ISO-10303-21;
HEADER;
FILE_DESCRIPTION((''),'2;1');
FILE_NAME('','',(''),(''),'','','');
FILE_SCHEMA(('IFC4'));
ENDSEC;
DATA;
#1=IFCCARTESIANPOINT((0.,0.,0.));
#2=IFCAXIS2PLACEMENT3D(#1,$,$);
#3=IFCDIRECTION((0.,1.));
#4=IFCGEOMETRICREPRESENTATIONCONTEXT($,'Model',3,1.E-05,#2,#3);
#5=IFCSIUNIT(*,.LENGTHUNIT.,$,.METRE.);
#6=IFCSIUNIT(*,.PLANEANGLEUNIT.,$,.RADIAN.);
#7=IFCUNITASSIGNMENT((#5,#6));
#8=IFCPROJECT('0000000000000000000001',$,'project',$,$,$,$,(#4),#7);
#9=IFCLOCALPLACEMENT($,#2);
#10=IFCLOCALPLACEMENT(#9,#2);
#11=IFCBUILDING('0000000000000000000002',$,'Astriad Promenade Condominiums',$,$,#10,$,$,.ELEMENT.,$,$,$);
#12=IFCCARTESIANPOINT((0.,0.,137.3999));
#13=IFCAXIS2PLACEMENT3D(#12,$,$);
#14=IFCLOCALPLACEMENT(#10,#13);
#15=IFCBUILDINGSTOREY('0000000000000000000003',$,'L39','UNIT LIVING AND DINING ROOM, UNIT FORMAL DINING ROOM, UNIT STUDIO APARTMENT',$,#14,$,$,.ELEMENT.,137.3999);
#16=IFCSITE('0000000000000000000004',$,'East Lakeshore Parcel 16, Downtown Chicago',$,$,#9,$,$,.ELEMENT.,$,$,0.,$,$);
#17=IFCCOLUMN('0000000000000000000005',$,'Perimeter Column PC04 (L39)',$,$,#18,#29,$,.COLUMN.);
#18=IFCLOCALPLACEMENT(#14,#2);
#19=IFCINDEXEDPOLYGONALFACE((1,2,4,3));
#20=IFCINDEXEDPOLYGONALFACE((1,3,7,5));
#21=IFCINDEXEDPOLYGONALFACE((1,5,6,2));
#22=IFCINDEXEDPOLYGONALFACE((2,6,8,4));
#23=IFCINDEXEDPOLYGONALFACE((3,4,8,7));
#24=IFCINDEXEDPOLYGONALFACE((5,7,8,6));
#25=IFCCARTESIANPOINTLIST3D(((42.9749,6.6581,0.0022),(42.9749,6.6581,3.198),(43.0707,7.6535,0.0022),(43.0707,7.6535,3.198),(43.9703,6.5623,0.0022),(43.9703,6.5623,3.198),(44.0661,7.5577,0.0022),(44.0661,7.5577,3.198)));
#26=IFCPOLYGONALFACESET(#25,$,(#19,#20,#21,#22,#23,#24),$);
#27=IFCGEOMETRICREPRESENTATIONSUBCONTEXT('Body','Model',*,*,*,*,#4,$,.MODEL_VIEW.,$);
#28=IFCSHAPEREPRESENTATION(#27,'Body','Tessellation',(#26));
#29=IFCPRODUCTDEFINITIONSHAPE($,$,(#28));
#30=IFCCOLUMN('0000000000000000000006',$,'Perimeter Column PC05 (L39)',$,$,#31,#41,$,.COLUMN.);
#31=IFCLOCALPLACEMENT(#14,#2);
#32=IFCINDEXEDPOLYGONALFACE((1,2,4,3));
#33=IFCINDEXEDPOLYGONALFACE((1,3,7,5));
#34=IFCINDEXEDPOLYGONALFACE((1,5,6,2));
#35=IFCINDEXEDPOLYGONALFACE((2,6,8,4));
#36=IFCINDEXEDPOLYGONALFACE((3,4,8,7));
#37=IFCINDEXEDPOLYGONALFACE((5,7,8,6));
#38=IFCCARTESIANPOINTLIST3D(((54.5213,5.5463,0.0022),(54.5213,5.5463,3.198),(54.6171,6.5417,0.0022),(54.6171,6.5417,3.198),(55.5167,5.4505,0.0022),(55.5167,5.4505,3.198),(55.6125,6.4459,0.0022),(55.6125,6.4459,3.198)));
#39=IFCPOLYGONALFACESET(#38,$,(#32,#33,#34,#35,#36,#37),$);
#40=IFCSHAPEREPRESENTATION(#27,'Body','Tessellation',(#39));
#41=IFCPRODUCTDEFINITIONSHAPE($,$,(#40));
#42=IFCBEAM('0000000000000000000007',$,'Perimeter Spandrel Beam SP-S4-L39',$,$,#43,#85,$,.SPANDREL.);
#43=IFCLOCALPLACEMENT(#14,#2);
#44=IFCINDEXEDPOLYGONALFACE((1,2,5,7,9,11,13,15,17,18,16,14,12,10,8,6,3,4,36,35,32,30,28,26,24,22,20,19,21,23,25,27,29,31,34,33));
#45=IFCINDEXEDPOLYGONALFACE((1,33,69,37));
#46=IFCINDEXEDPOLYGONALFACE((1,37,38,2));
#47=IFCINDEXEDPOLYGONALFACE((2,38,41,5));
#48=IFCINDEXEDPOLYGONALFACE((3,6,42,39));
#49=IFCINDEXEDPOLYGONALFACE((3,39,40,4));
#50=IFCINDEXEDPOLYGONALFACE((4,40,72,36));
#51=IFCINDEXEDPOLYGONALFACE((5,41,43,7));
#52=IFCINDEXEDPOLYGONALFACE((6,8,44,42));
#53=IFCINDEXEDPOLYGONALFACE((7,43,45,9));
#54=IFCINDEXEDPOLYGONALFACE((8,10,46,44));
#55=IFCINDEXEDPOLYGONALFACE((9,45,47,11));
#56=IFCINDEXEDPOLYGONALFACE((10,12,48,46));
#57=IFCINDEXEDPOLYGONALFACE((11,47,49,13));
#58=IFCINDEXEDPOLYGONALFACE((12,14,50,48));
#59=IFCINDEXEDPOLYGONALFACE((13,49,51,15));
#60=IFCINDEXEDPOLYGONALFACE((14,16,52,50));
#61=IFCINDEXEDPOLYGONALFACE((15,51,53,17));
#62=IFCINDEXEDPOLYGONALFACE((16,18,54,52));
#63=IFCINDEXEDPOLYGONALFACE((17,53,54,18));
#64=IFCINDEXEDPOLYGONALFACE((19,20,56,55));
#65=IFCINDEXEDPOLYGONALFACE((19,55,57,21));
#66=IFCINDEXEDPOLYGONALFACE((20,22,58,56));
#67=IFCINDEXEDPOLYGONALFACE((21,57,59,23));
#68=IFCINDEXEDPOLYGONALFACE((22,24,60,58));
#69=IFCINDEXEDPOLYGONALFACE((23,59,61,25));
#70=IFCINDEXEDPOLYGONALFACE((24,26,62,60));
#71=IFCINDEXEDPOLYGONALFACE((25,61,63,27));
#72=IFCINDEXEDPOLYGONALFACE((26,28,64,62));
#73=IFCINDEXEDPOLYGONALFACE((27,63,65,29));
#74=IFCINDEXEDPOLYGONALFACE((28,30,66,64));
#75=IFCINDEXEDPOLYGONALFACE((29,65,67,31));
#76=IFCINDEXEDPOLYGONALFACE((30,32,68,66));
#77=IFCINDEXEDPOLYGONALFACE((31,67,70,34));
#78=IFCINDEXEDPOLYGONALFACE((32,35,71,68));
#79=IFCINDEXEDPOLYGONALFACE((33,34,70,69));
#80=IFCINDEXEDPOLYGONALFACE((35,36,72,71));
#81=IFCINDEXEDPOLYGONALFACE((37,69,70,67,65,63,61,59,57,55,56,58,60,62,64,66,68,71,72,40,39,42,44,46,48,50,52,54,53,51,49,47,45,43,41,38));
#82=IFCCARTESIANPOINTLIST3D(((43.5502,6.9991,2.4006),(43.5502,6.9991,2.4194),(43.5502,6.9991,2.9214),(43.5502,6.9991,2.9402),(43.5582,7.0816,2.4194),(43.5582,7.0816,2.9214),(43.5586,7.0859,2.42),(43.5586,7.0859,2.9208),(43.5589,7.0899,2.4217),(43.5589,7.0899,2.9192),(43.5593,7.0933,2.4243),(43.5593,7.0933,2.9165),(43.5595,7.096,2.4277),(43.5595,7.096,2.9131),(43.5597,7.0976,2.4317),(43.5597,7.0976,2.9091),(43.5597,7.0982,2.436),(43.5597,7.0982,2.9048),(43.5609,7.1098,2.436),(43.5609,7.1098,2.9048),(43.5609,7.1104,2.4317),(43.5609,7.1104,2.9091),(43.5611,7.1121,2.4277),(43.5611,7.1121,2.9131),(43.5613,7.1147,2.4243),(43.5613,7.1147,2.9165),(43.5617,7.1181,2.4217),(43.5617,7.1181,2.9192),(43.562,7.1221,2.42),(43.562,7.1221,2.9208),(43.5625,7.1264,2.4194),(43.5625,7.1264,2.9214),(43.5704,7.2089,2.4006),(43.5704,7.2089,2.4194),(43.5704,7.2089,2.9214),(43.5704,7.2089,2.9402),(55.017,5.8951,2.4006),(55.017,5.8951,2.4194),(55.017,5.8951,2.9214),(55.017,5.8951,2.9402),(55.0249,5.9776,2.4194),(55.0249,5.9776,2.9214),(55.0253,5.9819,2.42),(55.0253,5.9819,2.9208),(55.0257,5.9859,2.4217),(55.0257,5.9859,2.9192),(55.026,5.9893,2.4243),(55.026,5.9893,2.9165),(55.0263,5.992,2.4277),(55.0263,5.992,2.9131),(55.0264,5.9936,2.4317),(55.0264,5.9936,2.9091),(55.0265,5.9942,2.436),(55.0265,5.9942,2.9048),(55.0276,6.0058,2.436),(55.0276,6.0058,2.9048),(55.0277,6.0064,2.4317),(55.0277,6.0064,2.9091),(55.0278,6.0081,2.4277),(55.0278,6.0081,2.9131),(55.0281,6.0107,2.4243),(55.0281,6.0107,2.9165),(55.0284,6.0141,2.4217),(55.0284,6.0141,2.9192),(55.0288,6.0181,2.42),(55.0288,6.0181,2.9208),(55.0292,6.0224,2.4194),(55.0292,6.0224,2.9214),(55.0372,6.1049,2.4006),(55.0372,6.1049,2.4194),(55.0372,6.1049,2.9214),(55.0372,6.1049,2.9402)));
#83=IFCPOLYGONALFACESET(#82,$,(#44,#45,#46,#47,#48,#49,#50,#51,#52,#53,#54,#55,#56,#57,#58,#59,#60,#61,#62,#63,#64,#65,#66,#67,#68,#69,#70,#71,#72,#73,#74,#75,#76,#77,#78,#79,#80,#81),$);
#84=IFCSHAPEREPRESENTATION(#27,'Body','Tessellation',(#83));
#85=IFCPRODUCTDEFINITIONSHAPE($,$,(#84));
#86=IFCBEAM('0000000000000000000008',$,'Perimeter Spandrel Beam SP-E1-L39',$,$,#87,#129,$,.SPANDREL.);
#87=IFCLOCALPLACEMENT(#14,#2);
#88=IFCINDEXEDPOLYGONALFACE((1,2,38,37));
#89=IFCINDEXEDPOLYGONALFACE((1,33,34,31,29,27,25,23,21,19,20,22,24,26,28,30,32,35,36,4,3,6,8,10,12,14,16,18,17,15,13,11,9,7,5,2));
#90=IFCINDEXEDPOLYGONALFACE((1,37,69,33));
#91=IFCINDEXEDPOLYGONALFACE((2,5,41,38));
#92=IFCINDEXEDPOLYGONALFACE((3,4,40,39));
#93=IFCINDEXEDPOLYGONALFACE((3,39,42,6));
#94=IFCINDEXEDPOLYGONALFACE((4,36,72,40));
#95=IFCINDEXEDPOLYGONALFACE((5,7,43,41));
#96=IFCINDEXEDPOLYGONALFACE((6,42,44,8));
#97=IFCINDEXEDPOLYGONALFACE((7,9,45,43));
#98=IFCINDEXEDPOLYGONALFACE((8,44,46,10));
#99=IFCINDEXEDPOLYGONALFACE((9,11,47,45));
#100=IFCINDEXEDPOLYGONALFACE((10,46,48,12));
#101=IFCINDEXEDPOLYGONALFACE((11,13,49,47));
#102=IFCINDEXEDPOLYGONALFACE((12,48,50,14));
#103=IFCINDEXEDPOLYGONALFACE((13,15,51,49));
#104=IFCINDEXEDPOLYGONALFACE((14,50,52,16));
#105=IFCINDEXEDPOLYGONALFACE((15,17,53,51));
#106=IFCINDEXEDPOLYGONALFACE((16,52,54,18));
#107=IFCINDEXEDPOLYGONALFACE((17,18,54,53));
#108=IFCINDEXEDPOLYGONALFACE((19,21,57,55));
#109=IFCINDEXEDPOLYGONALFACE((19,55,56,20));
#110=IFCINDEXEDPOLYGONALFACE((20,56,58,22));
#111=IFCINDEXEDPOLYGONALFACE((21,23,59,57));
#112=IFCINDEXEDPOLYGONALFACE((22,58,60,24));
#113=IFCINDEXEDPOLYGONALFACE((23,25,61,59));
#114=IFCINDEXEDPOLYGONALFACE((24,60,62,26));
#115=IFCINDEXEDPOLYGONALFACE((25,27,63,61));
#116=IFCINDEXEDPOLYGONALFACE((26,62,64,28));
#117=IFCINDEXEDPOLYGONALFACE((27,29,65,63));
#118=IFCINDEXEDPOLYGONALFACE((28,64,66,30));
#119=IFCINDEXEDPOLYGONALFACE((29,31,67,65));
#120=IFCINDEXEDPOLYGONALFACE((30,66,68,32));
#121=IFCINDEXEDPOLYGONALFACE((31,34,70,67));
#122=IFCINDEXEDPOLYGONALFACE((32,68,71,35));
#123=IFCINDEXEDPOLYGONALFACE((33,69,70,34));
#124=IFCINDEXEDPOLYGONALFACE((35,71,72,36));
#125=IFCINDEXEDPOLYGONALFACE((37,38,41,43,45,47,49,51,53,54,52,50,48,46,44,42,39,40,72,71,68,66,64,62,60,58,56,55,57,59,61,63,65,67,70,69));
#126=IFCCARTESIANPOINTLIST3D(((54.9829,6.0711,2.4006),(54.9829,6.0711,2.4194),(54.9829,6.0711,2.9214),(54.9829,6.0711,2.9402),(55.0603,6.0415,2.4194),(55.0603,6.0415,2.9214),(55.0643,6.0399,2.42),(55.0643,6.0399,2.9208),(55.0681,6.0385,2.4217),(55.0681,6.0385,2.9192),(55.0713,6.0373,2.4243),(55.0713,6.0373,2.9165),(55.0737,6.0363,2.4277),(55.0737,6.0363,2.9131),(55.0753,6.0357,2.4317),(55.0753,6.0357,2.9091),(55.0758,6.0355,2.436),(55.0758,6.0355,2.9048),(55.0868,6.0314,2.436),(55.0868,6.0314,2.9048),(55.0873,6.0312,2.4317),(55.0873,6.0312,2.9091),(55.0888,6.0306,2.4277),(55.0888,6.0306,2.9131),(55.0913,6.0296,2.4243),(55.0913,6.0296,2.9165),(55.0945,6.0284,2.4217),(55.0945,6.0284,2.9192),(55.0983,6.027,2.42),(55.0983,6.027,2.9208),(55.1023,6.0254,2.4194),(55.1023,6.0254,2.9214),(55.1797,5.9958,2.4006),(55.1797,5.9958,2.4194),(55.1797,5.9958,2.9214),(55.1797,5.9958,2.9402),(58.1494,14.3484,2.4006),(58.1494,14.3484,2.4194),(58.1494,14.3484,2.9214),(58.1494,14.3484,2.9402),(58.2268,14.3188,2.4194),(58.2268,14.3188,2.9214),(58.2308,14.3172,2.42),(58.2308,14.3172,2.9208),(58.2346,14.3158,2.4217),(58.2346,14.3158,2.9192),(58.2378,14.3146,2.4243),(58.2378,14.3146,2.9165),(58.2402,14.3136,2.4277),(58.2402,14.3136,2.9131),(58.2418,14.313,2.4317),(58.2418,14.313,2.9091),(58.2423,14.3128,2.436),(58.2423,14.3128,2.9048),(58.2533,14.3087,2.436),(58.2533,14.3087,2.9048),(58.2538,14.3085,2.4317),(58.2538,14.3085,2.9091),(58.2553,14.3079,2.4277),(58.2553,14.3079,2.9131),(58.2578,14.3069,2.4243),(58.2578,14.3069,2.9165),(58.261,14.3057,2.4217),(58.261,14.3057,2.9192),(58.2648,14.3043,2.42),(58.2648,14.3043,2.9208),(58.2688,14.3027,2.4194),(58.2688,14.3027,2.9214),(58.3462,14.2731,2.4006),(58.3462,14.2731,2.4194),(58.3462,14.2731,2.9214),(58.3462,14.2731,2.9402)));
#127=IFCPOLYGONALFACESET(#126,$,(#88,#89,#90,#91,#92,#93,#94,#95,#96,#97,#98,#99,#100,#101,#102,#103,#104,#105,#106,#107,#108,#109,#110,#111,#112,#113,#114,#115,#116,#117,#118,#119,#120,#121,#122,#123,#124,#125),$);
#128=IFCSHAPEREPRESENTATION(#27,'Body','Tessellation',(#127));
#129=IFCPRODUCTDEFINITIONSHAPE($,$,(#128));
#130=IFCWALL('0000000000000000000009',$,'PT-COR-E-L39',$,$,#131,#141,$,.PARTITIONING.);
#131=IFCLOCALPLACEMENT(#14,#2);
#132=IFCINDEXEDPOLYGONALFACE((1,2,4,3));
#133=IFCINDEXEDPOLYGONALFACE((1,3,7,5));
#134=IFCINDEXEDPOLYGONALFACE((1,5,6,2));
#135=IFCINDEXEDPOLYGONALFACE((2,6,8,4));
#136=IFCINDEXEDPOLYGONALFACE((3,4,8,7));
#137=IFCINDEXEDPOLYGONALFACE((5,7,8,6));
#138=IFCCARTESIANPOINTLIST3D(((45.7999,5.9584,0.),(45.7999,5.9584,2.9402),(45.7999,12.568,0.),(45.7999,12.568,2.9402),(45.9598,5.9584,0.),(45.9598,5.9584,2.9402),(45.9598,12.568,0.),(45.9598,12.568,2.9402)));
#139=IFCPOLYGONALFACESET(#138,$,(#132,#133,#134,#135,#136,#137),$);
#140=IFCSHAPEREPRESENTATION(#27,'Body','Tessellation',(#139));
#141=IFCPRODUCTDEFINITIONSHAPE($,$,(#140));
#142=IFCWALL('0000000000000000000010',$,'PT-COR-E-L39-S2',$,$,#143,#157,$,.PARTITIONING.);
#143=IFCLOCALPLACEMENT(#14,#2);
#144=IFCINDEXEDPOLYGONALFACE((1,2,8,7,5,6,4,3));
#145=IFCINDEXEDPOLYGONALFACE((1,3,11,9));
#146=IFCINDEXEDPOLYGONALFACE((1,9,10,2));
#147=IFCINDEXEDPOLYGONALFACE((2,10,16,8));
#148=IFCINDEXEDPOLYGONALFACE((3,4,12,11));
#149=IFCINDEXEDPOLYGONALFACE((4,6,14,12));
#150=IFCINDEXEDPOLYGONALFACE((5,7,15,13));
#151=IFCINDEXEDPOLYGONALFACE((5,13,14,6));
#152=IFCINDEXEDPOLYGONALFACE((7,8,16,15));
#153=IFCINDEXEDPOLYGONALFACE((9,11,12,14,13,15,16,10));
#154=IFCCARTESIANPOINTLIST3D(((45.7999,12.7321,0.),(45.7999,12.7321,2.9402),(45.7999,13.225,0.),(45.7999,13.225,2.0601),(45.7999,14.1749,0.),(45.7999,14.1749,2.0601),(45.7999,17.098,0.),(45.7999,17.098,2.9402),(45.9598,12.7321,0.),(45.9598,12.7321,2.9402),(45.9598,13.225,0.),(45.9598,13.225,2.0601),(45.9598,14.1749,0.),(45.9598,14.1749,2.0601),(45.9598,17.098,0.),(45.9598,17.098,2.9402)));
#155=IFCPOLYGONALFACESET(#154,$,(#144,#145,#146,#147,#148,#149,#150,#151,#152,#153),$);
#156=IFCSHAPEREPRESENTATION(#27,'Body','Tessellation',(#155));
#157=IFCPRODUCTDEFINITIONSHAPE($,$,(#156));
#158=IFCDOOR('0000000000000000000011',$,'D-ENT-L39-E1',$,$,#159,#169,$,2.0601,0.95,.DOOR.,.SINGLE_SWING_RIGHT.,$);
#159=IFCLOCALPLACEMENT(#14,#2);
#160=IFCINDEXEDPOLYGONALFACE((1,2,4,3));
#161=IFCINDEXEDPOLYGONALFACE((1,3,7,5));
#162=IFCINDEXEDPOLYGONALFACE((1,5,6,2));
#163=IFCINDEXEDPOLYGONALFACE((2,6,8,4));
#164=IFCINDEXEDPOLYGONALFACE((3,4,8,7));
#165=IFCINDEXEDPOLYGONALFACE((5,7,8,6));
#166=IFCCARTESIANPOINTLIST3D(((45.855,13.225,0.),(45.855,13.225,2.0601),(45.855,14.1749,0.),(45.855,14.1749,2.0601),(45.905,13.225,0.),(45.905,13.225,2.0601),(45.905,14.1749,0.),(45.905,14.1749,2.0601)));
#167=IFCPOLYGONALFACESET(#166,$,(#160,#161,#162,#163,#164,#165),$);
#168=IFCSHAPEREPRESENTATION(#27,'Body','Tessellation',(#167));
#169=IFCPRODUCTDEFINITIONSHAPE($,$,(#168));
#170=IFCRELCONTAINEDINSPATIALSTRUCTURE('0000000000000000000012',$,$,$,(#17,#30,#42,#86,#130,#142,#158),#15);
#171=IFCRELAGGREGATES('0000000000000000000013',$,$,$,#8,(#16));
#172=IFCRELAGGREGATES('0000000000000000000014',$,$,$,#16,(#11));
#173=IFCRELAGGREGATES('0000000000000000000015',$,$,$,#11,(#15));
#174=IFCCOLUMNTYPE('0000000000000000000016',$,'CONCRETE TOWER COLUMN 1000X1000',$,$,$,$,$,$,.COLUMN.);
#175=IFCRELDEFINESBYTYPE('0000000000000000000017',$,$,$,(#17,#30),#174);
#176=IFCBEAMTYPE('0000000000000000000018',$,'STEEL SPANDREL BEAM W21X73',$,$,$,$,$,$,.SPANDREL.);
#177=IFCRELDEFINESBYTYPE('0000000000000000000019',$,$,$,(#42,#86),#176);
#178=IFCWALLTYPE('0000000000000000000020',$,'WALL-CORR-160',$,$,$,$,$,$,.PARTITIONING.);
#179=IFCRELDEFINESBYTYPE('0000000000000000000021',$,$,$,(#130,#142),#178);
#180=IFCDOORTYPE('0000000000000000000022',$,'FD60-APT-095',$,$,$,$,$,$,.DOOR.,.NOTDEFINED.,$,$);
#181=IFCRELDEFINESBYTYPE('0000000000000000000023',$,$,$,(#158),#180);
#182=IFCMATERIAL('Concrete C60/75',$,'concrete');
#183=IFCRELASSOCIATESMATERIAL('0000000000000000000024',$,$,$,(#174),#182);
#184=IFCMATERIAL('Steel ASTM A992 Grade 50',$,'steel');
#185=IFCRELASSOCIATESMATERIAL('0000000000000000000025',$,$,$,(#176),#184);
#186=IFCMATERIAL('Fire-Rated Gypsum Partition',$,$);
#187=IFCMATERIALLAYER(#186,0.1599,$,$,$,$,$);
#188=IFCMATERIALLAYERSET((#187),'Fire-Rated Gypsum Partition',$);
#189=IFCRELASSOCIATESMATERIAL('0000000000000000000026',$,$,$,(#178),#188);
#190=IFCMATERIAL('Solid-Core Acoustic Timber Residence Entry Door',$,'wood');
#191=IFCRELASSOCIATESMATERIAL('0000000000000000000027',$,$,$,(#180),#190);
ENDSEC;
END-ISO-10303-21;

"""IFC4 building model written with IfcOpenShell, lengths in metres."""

from ifc_helpers import new_model, si_unit, direction, frame, frame_2d, origin, origin_2d, place, context, subcontext, project, spatial, rectangle, i_section, extrude, source, transform, mapped, material, layer, layer_set, material_profile, profile_set, type_object, type_shapes, element, fill, save


model = new_model("IFC4")

# Units and contexts
model_context = context("Model", 3, precision=1e-05, world=origin(), true_north=direction((0.0, 1.0)))
body_context = subcontext(model_context, "Body", "Model", "MODEL_VIEW")
ifc_project = project(units=[si_unit("LENGTHUNIT", "METRE"), si_unit("PLANEANGLEUNIT", "RADIAN")], contexts=[model_context])

# Site, building, storey
site_placement = place(None, origin())
site = spatial("IfcSite", under=ifc_project, at=site_placement, Name="East Lakeshore Parcel 16, Downtown Chicago", CompositionType="ELEMENT", RefElevation=0.0)
building_placement = place(site_placement, origin())
building = spatial("IfcBuilding", under=site, at=building_placement, Name="Astriad Promenade Condominiums", CompositionType="ELEMENT")
storey_placement = place(building_placement, frame((0.0, 0.0, 137.3999)))
storey = spatial("IfcBuildingStorey", under=building, at=storey_placement, Name="L39", Description="UNIT LIVING AND DINING ROOM, UNIT FORMAL DINING ROOM, UNIT STUDIO APARTMENT", CompositionType="ELEMENT", Elevation=137.3999)

# Columns
ifc_material_1 = material(Name="Concrete C60/75", Category="concrete")
ifc_material_profile_1 = material_profile(ifc_material_1, rectangle(XDim=1.0, YDim=1.0, at=origin_2d()), Name="RC-COL-1000X1000")
ifc_profile_set_1 = profile_set([ifc_material_profile_1], Name="Concrete C60/75")
column_type = type_object("IfcColumnType", Name="CONCRETE TOWER COLUMN 1000X1000", PredefinedType="COLUMN", material=ifc_profile_set_1)
shared_shape_1 = source(origin(), body_context, "Body", "SweptSolid", [
    extrude(rectangle(XDim=1.0, YDim=1.0, at=origin_2d()), origin(), (0.0, 0.0, 1.0), 3.1958),
])
type_shapes(column_type, [shared_shape_1])
for number, where, z_axis, x_axis, name in (
    (1, (43.5205, 7.1079, 0.0022), (0.0, 0.0, 1.0), (0.995396, -0.095846, 0.0), "Perimeter Column PC04 (L39)"),
    (2, (55.0669, 5.9961, 0.0022), (0.0, 0.0, 1.0), (0.995396, -0.095846, 0.0), "Perimeter Column PC05 (L39)"),
):
    element("IfcColumn", number, at=place(storey_placement, frame(where, z_axis=z_axis, x_axis=x_axis)), inside=storey, type_object=column_type, Name=name, PredefinedType="COLUMN", context=body_context, shape_type="MappedRepresentation", body=[
        mapped(shared_shape_1, transform((0.0, 0.0, 0.0), scale=1.0)),
    ])

# Beams
ifc_material_2 = material(Name="Steel ASTM A992 Grade 50", Category="steel")
ifc_material_profile_2 = material_profile(ifc_material_2, i_section(OverallWidth=0.2107, OverallDepth=0.5396, WebThickness=0.0117, FlangeThickness=0.0188, FilletRadius=0.0166, at=origin_2d()), Name="W21X73")
ifc_profile_set_2 = profile_set([ifc_material_profile_2], Name="Steel ASTM A992 Grade 50")
beam_type = type_object("IfcBeamType", Name="STEEL SPANDREL BEAM W21X73", PredefinedType="SPANDREL", material=ifc_profile_set_2)
shared_shape_2 = source(origin(), body_context, "Body", "SweptSolid", [
    extrude(i_section(OverallWidth=0.2107, OverallDepth=0.5396, WebThickness=0.0117, FlangeThickness=0.0188, FilletRadius=0.0166, at=origin_2d()), origin(), (0.0, 0.0, 1.0), 11.5198),
])
beam_1_placement = place(storey_placement, frame((43.5603, 7.104, 2.6704), z_axis=(0.995397, -0.095835, 0.0), x_axis=(0.095835, 0.995397, 0.0)))
element("IfcBeam", 3, at=beam_1_placement, inside=storey, type_object=beam_type, Name="Perimeter Spandrel Beam SP-S4-L39", PredefinedType="SPANDREL", context=body_context, shape_type="MappedRepresentation", body=[
    mapped(shared_shape_2, transform((0.0, 0.0, 0.0), scale=1.0)),
])
shared_shape_3 = source(origin(), body_context, "Body", "SweptSolid", [
    extrude(i_section(OverallWidth=0.2107, OverallDepth=0.5396, WebThickness=0.0117, FlangeThickness=0.0188, FilletRadius=0.0166, at=origin_2d()), origin(), (0.0, 0.0, 1.0), 8.8623),
])
type_shapes(beam_type, [shared_shape_2, shared_shape_3])
beam_2_placement = place(storey_placement, frame((55.0813, 6.0334, 2.6704), z_axis=(0.357299, 0.93399, 0.0), x_axis=(-0.93399, 0.357299, 0.0)))
element("IfcBeam", 4, at=beam_2_placement, inside=storey, type_object=beam_type, Name="Perimeter Spandrel Beam SP-E1-L39", PredefinedType="SPANDREL", context=body_context, shape_type="MappedRepresentation", body=[
    mapped(shared_shape_3, transform((0.0, 0.0, 0.0), scale=1.0)),
])

# Wall
ifc_material_3 = material(Name="Fire-Rated Gypsum Partition")
ifc_layer_1 = layer(ifc_material_3, 0.1599)
ifc_layer_set_1 = layer_set([ifc_layer_1], Name="Fire-Rated Gypsum Partition")
wall_type_1 = type_object("IfcWallType", Name="WALL-CORR-160", PredefinedType="PARTITIONING", material=ifc_layer_set_1)
wall_1_placement = place(storey_placement, frame((45.8799, 5.9585, 0.0), z_axis=(0.0, 0.0, 1.0), x_axis=(0.0, 1.0, 0.0)))
element("IfcWall", 5, at=wall_1_placement, inside=storey, type_object=wall_type_1, Name="PT-COR-E-L39", PredefinedType="PARTITIONING", context=body_context, shape_type="SweptSolid", body=[
    extrude(rectangle(XDim=6.6096, YDim=0.1599, at=frame_2d((3.3047, 0.0))), origin(), (0.0, 0.0, 1.0), 2.9402),
])

# Wall, opening, door
wall_2_placement = place(storey_placement, frame((45.8799, 12.7319, 0.0), z_axis=(0.0, 0.0, 1.0), x_axis=(0.0, 1.0, 0.0)))
wall_2 = element("IfcWall", 6, at=wall_2_placement, inside=storey, type_object=wall_type_1, Name="PT-COR-E-L39-S2", PredefinedType="PARTITIONING", context=body_context, shape_type="SweptSolid", body=[
    extrude(rectangle(XDim=4.366, YDim=0.1599, at=frame_2d((2.1831, 0.0))), origin(), (0.0, 0.0, 1.0), 2.9402),
])
opening_1_placement = place(wall_2_placement, frame((0.4929, 0.0, 0.0)))
opening_1 = element("IfcOpeningElement", 7, at=opening_1_placement, cuts=wall_2, PredefinedType="OPENING", context=body_context, shape_type="SweptSolid", body=[
    extrude(rectangle(XDim=0.95, YDim=2.0601, at=frame_2d((0.4751, 1.03))), frame((0.0, 0.0898, 0.0), z_axis=(0.0, -1.0, 0.0), x_axis=(1.0, 0.0, 0.0)), (0.0, 0.0, 1.0), 0.1799),
])
ifc_material_4 = material(Name="Solid-Core Acoustic Timber Residence Entry Door", Category="wood")
door_type_1 = type_object("IfcDoorType", Name="FD60-APT-095", OperationType="NOTDEFINED", PredefinedType="DOOR", material=ifc_material_4)
shared_shape_4 = source(origin(), body_context, "Body", "SweptSolid", [
    extrude(rectangle(XDim=0.95, YDim=2.0601, at=frame_2d((0.4751, 1.03))), frame((0.0, 0.0249, 0.0), z_axis=(0.0, -1.0, 0.0), x_axis=(1.0, 0.0, 0.0)), (0.0, 0.0, 1.0), 0.05),
])
type_shapes(door_type_1, [shared_shape_4])
door_1_placement = place(opening_1_placement, origin())
door_1 = element("IfcDoor", 8, at=door_1_placement, inside=storey, type_object=door_type_1, Name="D-ENT-L39-E1", OperationType="SINGLE_SWING_RIGHT", OverallHeight=2.0601, OverallWidth=0.95, PredefinedType="DOOR", context=body_context, shape_type="MappedRepresentation", body=[
    mapped(shared_shape_4, transform((0.0, 0.0, 0.0), scale=1.0)),
])
fill(opening_1, door_1)

save(model, "model.ifc")
